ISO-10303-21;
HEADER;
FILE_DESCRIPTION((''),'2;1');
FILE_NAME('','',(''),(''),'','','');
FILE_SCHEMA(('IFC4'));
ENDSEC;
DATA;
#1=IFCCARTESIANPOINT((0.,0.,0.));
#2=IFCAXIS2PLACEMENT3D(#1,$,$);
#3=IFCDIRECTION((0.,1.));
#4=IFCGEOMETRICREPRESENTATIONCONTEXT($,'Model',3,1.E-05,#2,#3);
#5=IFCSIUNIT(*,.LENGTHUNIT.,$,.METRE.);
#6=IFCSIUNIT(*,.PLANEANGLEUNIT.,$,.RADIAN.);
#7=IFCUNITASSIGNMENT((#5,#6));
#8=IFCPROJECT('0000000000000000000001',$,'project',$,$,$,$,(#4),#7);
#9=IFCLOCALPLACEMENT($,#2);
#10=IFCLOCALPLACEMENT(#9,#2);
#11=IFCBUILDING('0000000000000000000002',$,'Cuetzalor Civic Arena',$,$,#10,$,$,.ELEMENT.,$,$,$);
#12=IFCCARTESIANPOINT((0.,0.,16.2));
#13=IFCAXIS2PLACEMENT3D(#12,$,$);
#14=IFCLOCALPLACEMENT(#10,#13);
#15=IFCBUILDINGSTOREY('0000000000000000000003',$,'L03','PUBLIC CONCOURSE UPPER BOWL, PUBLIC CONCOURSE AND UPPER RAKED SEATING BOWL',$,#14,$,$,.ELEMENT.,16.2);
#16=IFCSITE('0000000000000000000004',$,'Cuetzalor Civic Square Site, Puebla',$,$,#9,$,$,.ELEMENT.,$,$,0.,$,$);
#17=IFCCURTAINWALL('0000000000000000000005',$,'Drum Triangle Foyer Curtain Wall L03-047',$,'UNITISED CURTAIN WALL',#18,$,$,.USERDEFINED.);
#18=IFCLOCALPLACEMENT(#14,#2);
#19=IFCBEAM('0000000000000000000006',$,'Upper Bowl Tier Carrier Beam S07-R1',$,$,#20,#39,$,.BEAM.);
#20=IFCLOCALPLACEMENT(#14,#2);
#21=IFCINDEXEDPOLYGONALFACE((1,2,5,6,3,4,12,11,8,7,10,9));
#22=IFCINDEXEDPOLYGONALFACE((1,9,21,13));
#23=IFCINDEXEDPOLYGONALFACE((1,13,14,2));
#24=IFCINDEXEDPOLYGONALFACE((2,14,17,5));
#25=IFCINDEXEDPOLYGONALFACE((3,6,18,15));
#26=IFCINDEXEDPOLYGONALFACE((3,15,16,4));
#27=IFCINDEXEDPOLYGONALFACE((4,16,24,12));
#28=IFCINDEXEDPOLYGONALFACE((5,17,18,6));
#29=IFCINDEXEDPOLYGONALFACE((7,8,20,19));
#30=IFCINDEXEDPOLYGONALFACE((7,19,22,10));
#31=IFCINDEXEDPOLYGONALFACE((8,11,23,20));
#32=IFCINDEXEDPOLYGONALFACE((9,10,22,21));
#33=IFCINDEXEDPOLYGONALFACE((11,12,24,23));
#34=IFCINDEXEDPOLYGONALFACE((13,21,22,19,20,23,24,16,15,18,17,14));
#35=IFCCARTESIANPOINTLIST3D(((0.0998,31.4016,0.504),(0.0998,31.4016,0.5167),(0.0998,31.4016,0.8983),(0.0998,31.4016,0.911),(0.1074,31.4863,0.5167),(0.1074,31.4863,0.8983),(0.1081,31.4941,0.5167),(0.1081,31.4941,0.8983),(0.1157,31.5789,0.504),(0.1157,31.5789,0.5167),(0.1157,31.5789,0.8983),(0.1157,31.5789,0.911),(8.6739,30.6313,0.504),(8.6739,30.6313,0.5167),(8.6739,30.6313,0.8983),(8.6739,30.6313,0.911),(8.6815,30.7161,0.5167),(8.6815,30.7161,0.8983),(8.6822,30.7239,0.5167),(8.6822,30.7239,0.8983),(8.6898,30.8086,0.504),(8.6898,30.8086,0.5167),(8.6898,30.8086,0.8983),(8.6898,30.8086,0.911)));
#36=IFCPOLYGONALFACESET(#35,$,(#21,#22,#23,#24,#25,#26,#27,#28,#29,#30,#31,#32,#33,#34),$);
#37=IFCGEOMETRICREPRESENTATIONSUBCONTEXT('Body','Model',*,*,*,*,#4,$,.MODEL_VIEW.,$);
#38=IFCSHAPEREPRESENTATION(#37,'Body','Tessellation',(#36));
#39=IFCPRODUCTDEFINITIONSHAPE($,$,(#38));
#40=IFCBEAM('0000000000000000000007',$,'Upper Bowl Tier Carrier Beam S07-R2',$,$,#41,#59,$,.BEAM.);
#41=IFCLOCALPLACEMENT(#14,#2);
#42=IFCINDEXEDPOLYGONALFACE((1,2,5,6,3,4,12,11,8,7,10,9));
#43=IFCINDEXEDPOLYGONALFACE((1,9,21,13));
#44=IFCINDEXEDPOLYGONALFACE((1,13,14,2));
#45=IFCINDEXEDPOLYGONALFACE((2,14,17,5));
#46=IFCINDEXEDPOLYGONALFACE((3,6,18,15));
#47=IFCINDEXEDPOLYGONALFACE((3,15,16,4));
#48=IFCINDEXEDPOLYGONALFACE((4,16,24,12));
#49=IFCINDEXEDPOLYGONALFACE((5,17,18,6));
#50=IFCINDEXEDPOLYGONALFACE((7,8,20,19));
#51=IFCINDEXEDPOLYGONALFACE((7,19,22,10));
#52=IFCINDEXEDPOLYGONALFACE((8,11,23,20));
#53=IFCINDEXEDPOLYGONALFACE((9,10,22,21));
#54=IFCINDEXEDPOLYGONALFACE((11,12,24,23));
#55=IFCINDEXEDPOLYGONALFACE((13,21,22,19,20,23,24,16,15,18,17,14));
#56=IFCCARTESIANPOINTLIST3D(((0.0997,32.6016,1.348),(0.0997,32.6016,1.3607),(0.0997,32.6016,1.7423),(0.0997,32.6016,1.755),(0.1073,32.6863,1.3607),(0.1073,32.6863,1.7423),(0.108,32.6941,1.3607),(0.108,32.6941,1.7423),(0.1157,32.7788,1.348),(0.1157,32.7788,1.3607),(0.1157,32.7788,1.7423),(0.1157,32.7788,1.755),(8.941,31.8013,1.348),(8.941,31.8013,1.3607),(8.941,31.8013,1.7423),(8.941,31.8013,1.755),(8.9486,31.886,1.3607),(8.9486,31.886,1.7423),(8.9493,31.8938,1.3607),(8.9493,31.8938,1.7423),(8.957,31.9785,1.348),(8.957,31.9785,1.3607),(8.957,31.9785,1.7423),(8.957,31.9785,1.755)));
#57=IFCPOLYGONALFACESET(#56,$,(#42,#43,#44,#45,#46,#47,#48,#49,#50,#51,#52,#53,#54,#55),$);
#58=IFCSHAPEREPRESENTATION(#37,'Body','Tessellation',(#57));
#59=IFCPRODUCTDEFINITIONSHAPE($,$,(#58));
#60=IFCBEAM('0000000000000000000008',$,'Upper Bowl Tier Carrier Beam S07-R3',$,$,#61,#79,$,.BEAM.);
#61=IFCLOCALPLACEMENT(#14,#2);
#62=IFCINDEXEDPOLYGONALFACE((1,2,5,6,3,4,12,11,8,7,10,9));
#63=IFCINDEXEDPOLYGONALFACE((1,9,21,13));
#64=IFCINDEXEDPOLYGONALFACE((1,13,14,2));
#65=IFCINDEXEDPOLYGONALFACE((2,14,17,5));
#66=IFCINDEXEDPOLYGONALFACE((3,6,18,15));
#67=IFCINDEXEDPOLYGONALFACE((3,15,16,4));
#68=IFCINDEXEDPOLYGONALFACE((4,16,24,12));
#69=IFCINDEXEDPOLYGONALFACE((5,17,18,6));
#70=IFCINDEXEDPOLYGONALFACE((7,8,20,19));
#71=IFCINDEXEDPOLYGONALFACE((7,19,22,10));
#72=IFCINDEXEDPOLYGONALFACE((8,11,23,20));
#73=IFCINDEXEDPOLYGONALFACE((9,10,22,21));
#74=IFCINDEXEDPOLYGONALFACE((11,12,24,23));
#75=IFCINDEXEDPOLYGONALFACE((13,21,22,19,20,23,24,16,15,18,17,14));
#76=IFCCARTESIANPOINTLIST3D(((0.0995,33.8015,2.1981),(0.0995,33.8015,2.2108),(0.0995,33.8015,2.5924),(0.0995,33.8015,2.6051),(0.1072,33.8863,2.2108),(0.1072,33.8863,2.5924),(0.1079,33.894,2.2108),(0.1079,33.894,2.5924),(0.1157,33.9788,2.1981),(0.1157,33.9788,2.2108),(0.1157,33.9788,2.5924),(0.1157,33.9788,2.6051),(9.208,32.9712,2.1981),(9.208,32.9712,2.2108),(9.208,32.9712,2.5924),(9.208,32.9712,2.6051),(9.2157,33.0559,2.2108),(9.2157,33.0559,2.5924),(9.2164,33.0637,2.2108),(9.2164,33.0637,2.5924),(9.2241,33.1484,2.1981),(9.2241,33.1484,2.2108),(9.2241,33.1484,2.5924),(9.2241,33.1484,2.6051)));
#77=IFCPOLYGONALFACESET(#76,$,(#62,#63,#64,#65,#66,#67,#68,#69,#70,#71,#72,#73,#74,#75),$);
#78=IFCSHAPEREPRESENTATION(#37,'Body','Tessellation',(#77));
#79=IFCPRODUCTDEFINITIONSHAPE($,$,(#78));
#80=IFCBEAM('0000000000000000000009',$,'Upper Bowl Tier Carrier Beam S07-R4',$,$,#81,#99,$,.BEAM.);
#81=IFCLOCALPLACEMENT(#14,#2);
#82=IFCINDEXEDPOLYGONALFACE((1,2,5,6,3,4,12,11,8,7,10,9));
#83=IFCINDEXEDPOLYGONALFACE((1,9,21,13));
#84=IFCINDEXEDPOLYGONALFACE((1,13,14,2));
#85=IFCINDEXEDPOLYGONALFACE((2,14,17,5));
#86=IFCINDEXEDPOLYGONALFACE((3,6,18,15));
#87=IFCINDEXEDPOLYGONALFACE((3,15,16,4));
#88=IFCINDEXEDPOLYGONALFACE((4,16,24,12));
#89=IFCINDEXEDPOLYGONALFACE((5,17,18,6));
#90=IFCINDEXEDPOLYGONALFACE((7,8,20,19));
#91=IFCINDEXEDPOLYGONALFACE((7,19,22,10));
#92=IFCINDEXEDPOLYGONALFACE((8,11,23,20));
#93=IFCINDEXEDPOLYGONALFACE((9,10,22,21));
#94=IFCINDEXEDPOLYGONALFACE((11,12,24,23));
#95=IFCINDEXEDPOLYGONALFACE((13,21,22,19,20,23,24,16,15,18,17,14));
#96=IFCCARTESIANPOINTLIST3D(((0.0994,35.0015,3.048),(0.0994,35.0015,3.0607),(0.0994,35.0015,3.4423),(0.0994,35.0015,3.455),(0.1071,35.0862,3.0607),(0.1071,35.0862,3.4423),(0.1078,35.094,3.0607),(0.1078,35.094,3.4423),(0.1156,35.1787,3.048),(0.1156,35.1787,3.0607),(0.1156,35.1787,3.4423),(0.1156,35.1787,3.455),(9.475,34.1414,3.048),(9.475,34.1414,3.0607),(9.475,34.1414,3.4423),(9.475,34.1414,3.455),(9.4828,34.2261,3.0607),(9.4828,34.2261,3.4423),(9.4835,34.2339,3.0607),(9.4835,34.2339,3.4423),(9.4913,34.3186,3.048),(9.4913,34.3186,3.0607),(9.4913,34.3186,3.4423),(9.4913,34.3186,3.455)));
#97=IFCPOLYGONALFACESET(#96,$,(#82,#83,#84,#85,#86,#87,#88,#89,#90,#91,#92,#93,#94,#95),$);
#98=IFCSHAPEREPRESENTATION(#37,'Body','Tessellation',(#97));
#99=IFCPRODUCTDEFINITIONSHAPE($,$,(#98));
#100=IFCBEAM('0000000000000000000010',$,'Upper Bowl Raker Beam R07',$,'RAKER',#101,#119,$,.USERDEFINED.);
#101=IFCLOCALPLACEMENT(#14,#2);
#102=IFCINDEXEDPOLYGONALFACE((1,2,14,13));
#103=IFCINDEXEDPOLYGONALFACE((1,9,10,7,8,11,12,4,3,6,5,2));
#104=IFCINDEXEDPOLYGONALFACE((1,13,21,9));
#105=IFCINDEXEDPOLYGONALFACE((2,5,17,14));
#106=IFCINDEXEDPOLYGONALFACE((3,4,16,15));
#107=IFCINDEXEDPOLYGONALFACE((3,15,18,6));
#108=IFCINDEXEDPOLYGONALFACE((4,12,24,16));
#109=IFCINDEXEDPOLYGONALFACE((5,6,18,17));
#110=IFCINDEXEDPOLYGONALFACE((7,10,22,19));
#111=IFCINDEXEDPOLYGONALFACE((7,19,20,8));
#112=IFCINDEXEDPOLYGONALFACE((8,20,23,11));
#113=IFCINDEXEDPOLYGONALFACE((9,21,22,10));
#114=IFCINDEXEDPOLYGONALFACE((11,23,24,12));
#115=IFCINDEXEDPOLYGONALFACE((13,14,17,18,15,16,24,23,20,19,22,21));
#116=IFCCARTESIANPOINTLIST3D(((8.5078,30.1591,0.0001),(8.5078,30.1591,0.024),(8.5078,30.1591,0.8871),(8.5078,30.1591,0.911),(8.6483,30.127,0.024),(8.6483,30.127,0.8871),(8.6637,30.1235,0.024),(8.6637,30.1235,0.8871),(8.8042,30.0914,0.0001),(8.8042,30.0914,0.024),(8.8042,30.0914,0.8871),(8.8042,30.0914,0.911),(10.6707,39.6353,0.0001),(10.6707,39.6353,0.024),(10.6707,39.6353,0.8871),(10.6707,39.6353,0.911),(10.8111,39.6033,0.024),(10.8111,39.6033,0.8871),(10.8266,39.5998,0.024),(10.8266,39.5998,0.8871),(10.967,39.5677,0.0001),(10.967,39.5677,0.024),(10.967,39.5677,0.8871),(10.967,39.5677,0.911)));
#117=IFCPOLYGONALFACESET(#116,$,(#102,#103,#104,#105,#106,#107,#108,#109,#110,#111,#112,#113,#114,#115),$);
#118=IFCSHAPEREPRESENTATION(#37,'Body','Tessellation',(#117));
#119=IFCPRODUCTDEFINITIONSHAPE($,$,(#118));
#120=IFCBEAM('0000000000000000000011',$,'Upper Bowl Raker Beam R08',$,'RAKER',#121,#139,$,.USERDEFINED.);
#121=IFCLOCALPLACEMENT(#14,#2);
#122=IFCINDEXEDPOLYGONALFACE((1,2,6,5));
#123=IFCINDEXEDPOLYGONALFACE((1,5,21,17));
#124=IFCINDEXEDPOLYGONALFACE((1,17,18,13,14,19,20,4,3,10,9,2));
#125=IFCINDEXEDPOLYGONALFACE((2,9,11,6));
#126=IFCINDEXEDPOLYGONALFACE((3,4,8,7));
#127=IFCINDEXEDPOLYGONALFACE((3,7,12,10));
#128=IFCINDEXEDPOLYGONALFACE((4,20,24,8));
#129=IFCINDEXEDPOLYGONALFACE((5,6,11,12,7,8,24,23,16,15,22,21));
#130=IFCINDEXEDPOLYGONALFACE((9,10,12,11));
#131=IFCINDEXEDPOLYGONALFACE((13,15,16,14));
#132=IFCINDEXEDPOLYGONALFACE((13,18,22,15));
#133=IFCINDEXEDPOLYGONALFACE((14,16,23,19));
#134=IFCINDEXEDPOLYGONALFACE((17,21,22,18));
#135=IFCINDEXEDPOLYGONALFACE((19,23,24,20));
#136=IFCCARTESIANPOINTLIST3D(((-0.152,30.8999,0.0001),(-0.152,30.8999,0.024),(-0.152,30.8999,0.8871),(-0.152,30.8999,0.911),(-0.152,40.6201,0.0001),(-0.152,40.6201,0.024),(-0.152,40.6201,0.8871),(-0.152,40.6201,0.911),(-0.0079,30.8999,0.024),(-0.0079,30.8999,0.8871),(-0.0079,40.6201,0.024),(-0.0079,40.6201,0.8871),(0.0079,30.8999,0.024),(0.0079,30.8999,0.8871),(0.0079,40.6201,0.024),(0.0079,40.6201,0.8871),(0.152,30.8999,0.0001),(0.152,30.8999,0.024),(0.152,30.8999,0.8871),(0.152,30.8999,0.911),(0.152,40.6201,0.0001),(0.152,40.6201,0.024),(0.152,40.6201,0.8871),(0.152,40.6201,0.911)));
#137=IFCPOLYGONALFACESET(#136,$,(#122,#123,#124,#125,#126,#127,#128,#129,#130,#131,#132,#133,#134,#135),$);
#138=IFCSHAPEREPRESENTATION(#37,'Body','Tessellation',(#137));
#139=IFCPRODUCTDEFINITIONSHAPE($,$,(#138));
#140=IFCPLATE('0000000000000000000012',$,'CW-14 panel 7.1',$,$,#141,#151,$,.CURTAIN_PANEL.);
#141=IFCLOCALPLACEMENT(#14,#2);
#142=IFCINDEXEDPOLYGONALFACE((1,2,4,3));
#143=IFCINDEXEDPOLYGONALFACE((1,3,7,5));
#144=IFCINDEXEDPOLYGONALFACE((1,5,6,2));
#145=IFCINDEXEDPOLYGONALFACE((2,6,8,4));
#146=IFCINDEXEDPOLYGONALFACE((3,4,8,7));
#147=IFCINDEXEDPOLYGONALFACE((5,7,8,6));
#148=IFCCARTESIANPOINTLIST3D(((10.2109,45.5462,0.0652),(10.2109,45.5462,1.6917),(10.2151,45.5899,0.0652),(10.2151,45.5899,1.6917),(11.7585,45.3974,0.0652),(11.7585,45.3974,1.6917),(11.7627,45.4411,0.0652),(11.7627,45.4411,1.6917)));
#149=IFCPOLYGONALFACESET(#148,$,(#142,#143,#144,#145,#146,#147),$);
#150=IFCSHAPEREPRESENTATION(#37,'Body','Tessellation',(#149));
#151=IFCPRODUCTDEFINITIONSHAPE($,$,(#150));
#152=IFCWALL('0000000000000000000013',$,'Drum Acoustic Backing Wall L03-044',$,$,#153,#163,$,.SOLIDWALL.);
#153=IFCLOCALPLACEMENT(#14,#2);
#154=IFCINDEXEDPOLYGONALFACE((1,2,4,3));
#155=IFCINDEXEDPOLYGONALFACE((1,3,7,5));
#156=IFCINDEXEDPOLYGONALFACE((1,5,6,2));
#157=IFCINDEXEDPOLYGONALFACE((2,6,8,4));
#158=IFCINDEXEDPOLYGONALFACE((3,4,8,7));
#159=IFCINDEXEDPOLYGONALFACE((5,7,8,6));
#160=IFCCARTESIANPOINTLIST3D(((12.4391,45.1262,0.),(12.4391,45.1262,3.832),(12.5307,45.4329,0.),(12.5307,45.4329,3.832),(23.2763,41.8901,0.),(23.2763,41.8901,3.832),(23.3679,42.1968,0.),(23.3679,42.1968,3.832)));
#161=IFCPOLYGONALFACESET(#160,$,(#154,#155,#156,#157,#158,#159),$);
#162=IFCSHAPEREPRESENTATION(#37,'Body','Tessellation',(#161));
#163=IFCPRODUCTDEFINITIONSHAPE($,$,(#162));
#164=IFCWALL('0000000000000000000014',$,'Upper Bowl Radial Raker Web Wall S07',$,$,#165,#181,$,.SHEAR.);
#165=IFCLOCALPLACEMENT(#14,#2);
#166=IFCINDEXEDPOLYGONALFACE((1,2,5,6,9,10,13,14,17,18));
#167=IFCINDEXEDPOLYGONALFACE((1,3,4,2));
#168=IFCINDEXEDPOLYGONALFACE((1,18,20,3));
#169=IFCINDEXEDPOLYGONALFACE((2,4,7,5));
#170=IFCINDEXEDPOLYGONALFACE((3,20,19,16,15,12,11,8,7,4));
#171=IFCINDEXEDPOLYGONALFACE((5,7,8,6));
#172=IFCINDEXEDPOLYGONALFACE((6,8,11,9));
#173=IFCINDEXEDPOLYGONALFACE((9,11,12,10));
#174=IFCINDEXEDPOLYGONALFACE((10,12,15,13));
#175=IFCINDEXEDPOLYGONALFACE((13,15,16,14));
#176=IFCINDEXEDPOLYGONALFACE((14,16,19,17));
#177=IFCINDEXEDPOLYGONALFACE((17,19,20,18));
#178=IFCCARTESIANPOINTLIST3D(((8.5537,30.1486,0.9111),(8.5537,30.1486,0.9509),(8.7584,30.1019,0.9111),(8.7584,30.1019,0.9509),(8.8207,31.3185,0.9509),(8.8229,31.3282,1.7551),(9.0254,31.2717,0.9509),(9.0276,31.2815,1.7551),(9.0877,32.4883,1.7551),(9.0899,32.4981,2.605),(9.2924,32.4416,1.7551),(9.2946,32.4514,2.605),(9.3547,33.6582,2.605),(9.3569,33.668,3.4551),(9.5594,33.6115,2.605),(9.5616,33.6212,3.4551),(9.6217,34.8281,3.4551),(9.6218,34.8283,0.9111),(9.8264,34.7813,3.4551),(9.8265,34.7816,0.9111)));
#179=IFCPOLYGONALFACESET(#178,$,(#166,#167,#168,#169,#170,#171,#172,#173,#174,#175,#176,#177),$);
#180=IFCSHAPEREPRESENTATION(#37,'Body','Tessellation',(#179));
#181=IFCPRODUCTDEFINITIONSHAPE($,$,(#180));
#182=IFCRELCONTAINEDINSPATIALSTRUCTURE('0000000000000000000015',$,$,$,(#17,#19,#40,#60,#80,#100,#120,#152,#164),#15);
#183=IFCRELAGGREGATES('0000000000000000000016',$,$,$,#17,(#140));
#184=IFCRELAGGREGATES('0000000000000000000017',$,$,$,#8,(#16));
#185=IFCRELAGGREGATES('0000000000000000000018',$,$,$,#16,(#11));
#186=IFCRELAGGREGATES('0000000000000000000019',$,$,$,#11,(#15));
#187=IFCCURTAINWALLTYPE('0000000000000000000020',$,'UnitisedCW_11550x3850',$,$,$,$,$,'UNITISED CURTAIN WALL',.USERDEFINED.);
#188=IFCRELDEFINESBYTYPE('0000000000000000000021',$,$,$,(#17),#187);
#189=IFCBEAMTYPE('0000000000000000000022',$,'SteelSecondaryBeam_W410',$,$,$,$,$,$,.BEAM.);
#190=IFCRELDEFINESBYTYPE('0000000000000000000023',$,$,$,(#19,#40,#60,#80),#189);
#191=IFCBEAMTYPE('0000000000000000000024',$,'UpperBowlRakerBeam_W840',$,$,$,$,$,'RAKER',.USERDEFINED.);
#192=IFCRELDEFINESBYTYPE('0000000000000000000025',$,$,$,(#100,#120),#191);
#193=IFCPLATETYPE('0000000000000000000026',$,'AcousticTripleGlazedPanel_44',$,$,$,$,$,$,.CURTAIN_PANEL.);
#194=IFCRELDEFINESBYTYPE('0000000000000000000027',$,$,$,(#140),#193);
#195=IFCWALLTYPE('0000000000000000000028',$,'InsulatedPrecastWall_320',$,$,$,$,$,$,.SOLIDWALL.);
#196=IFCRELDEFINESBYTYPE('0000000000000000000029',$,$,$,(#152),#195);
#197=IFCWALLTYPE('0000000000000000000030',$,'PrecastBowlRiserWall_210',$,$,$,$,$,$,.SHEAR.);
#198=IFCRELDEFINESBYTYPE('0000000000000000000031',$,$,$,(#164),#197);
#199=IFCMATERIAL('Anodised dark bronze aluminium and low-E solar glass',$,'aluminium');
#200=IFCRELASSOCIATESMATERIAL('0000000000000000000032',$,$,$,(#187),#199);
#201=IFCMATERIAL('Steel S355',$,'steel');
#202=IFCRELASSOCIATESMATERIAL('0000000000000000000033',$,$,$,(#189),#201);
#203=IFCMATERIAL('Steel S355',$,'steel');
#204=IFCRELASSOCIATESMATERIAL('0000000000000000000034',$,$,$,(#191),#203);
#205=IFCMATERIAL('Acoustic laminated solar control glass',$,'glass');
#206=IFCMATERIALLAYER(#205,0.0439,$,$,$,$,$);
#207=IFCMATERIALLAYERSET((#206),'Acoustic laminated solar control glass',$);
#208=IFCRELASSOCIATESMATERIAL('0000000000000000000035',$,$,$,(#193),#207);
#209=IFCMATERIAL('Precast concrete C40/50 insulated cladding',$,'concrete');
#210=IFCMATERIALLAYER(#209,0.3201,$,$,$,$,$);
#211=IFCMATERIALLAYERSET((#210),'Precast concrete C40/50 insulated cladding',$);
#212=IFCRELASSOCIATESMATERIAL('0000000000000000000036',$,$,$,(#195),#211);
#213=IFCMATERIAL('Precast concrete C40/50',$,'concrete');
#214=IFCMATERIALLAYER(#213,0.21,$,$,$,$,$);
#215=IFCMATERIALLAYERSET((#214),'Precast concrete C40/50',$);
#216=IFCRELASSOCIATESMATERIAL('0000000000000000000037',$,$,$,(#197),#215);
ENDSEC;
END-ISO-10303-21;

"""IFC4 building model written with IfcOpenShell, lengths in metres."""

from ifc_helpers import new_model, si_unit, direction, frame, frame_2d, origin, origin_2d, place, context, subcontext, project, spatial, polyline, rectangle, i_section, outline, extrude, material, layer, layer_set, material_profile, profile_set, type_object, element, aggregate, save


model = new_model("IFC4")

# Units and contexts
model_context = context("Model", 3, precision=1e-05, world=origin(), true_north=direction((0.0, 1.0)))
body_context = subcontext(model_context, "Body", "Model", "MODEL_VIEW")
ifc_project = project(units=[si_unit("LENGTHUNIT", "METRE"), si_unit("PLANEANGLEUNIT", "RADIAN")], contexts=[model_context])

# Site, building, storey
site_placement = place(None, origin())
site = spatial("IfcSite", under=ifc_project, at=site_placement, Name="Cuetzalor Civic Square Site, Puebla", CompositionType="ELEMENT", RefElevation=0.0)
building_placement = place(site_placement, origin())
building = spatial("IfcBuilding", under=site, at=building_placement, Name="Cuetzalor Civic Arena", CompositionType="ELEMENT")
storey_placement = place(building_placement, frame((0.0, 0.0, 16.2)))
storey = spatial("IfcBuildingStorey", under=building, at=storey_placement, Name="L03", Description="PUBLIC CONCOURSE UPPER BOWL, PUBLIC CONCOURSE AND UPPER RAKED SEATING BOWL", CompositionType="ELEMENT", Elevation=16.2)

# Curtain wall
ifc_material_1 = material(Name="Anodised dark bronze aluminium and low-E solar glass", Category="aluminium")
curtain_wall_type = type_object("IfcCurtainWallType", Name="UnitisedCW_11550x3850", ElementType="UNITISED CURTAIN WALL", PredefinedType="USERDEFINED", material=ifc_material_1)
curtain_wall_placement = place(storey_placement, origin())
curtain_wall = element("IfcCurtainWall", 1, at=curtain_wall_placement, inside=storey, type_object=curtain_wall_type, Name="Drum Triangle Foyer Curtain Wall L03-047", ObjectType="UNITISED CURTAIN WALL", PredefinedType="USERDEFINED")

# Beams
ifc_material_2 = material(Name="Steel S355", Category="steel")
ifc_material_profile_1 = material_profile(ifc_material_2, i_section(OverallWidth=0.178, OverallDepth=0.407, WebThickness=0.0078, FlangeThickness=0.0127, at=origin_2d()), Name="W410x60")
ifc_profile_set_1 = profile_set([ifc_material_profile_1], Name="Steel S355")
beam_type_1 = type_object("IfcBeamType", Name="SteelSecondaryBeam_W410", PredefinedType="BEAM", material=ifc_profile_set_1)
beam_1_placement = place(storey_placement, frame((8.6819, 30.72, 0.7075), z_axis=(-0.995989, 0.089475, 0.0), x_axis=(-0.089475, -0.995989, 0.0)))
element("IfcBeam", 2, at=beam_1_placement, inside=storey, type_object=beam_type_1, Name="Upper Bowl Tier Carrier Beam S07-R1", PredefinedType="BEAM", context=body_context, shape_type="SweptSolid", body=[
    extrude(i_section(OverallWidth=0.178, OverallDepth=0.407, WebThickness=0.0078, FlangeThickness=0.0127, at=origin_2d()), origin(), (0.0, 0.0, 1.0), 8.6086),
])
beam_2_placement = place(storey_placement, frame((8.949, 31.8899, 1.5515), z_axis=(-0.995928, 0.090149, 0.0), x_axis=(-0.090149, -0.995928, 0.0)))
element("IfcBeam", 3, at=beam_2_placement, inside=storey, type_object=beam_type_1, Name="Upper Bowl Tier Carrier Beam S07-R2", PredefinedType="BEAM", context=body_context, shape_type="SweptSolid", body=[
    extrude(i_section(OverallWidth=0.178, OverallDepth=0.407, WebThickness=0.0078, FlangeThickness=0.0127, at=origin_2d()), origin(), (0.0, 0.0, 1.0), 8.8774),
])
beam_3_placement = place(storey_placement, frame((9.2161, 33.0598, 2.4016), z_axis=(-0.995871, 0.090784, 0.0), x_axis=(-0.090784, -0.995871, 0.0)))
element("IfcBeam", 4, at=beam_3_placement, inside=storey, type_object=beam_type_1, Name="Upper Bowl Tier Carrier Beam S07-R3", PredefinedType="BEAM", context=body_context, shape_type="SweptSolid", body=[
    extrude(i_section(OverallWidth=0.178, OverallDepth=0.407, WebThickness=0.0078, FlangeThickness=0.0127, at=origin_2d()), origin(), (0.0, 0.0, 1.0), 9.1462),
])
beam_4_placement = place(storey_placement, frame((9.4832, 34.23, 3.2515), z_axis=(-0.995818, 0.091354, 0.0), x_axis=(-0.091354, -0.995818, 0.0)))
element("IfcBeam", 5, at=beam_4_placement, inside=storey, type_object=beam_type_1, Name="Upper Bowl Tier Carrier Beam S07-R4", PredefinedType="BEAM", context=body_context, shape_type="SweptSolid", body=[
    extrude(i_section(OverallWidth=0.178, OverallDepth=0.407, WebThickness=0.0078, FlangeThickness=0.0127, at=origin_2d()), origin(), (0.0, 0.0, 1.0), 9.415),
])
ifc_material_3 = material(Name="Steel S355", Category="steel")
ifc_material_profile_2 = material_profile(ifc_material_3, i_section(OverallWidth=0.304, OverallDepth=0.9109, WebThickness=0.0159, FlangeThickness=0.0239, at=origin_2d()), Name="W920x223")
ifc_profile_set_2 = profile_set([ifc_material_profile_2], Name="Steel S355")
beam_type_2 = type_object("IfcBeamType", Name="UpperBowlRakerBeam_W840", ElementType="RAKER", PredefinedType="USERDEFINED", material=ifc_profile_set_2)
beam_5_placement = place(storey_placement, frame((8.656, 30.1252, 0.4556), z_axis=(0.222514, 0.974929, 0.0), x_axis=(-0.974929, 0.222514, 0.0)))
element("IfcBeam", 6, at=beam_5_placement, inside=storey, type_object=beam_type_2, Name="Upper Bowl Raker Beam R07", ObjectType="RAKER", PredefinedType="USERDEFINED", context=body_context, shape_type="SweptSolid", body=[
    extrude(i_section(OverallWidth=0.304, OverallDepth=0.9109, WebThickness=0.0159, FlangeThickness=0.0239, at=origin_2d()), origin(), (0.0, 0.0, 1.0), 9.72),
])
beam_6_placement = place(storey_placement, frame((0.0, 30.8999, 0.4556), z_axis=(0.0, 1.0, 0.0), x_axis=(-1.0, 0.0, 0.0)))
element("IfcBeam", 7, at=beam_6_placement, inside=storey, type_object=beam_type_2, Name="Upper Bowl Raker Beam R08", ObjectType="RAKER", PredefinedType="USERDEFINED", context=body_context, shape_type="SweptSolid", body=[
    extrude(i_section(OverallWidth=0.304, OverallDepth=0.9109, WebThickness=0.0159, FlangeThickness=0.0239, at=origin_2d()), origin(), (0.0, 0.0, 1.0), 9.7202),
])

# Plate
ifc_material_4 = material(Name="Acoustic laminated solar control glass", Category="glass")
ifc_layer_1 = layer(ifc_material_4, 0.0439)
ifc_layer_set_1 = layer_set([ifc_layer_1], Name="Acoustic laminated solar control glass")
plate_type = type_object("IfcPlateType", Name="AcousticTripleGlazedPanel_44", PredefinedType="CURTAIN_PANEL", material=ifc_layer_set_1)
plate_placement = place(storey_placement, frame((10.9868, 45.4937, 0.0652), z_axis=(0.0, 0.0, 1.0), x_axis=(0.995409, -0.095711, 0.0)))
plate = element("IfcPlate", 8, at=plate_placement, type_object=plate_type, Name="CW-14 panel 7.1", PredefinedType="CURTAIN_PANEL", context=body_context, shape_type="SweptSolid", body=[
    extrude(rectangle(XDim=1.5547, YDim=0.0439, at=origin_2d()), origin(), (0.0, 0.0, 1.0), 1.6265),
])
aggregate(curtain_wall, [plate])

# Walls
ifc_material_5 = material(Name="Precast concrete C40/50 insulated cladding", Category="concrete")
ifc_layer_2 = layer(ifc_material_5, 0.3201)
ifc_layer_set_2 = layer_set([ifc_layer_2], Name="Precast concrete C40/50 insulated cladding")
wall_type_1 = type_object("IfcWallType", Name="InsulatedPrecastWall_320", PredefinedType="SOLIDWALL", material=ifc_layer_set_2)
wall_1_placement = place(storey_placement, frame((12.4849, 45.2795, 0.0), z_axis=(0.0, 0.0, 1.0), x_axis=(0.958192, -0.286126, 0.0)))
element("IfcWall", 9, at=wall_1_placement, inside=storey, type_object=wall_type_1, Name="Drum Acoustic Backing Wall L03-044", PredefinedType="SOLIDWALL", context=body_context, shape_type="SweptSolid", body=[
    extrude(rectangle(XDim=11.3101, YDim=0.3201, at=frame_2d((5.655, 0.0))), origin(), (0.0, 0.0, 1.0), 3.832),
])
ifc_material_6 = material(Name="Precast concrete C40/50", Category="concrete")
ifc_layer_3 = layer(ifc_material_6, 0.21)
ifc_layer_set_3 = layer_set([ifc_layer_3], Name="Precast concrete C40/50")
wall_type_2 = type_object("IfcWallType", Name="PrecastBowlRiserWall_210", PredefinedType="SHEAR", material=ifc_layer_set_3)
wall_2_placement = place(storey_placement, frame((8.656, 30.1252, 0.9111), z_axis=(0.0, 0.0, 1.0), x_axis=(0.222522, 0.974928, 0.0)))
element("IfcWall", 10, at=wall_2_placement, inside=storey, type_object=wall_type_2, Name="Upper Bowl Radial Raker Web Wall S07", PredefinedType="SHEAR", context=body_context, shape_type="SweptSolid", body=[
    extrude(outline(polyline([(0.0, 0.0), (4.8, 0.0), (4.7998, 2.5439), (3.6099, 2.5439), (3.5999, 1.6938), (2.4099, 1.6938), (2.3999, 0.844), (1.21, 0.844), (1.2, 0.0398), (0.0, 0.0398), (0.0, 0.0)])), frame((0.0, 0.105, 0.0), z_axis=(0.0, -1.0, 0.0), x_axis=(1.0, 0.0, 0.0)), (0.0, 0.0, 1.0), 0.21),
])

save(model, "model.ifc")
